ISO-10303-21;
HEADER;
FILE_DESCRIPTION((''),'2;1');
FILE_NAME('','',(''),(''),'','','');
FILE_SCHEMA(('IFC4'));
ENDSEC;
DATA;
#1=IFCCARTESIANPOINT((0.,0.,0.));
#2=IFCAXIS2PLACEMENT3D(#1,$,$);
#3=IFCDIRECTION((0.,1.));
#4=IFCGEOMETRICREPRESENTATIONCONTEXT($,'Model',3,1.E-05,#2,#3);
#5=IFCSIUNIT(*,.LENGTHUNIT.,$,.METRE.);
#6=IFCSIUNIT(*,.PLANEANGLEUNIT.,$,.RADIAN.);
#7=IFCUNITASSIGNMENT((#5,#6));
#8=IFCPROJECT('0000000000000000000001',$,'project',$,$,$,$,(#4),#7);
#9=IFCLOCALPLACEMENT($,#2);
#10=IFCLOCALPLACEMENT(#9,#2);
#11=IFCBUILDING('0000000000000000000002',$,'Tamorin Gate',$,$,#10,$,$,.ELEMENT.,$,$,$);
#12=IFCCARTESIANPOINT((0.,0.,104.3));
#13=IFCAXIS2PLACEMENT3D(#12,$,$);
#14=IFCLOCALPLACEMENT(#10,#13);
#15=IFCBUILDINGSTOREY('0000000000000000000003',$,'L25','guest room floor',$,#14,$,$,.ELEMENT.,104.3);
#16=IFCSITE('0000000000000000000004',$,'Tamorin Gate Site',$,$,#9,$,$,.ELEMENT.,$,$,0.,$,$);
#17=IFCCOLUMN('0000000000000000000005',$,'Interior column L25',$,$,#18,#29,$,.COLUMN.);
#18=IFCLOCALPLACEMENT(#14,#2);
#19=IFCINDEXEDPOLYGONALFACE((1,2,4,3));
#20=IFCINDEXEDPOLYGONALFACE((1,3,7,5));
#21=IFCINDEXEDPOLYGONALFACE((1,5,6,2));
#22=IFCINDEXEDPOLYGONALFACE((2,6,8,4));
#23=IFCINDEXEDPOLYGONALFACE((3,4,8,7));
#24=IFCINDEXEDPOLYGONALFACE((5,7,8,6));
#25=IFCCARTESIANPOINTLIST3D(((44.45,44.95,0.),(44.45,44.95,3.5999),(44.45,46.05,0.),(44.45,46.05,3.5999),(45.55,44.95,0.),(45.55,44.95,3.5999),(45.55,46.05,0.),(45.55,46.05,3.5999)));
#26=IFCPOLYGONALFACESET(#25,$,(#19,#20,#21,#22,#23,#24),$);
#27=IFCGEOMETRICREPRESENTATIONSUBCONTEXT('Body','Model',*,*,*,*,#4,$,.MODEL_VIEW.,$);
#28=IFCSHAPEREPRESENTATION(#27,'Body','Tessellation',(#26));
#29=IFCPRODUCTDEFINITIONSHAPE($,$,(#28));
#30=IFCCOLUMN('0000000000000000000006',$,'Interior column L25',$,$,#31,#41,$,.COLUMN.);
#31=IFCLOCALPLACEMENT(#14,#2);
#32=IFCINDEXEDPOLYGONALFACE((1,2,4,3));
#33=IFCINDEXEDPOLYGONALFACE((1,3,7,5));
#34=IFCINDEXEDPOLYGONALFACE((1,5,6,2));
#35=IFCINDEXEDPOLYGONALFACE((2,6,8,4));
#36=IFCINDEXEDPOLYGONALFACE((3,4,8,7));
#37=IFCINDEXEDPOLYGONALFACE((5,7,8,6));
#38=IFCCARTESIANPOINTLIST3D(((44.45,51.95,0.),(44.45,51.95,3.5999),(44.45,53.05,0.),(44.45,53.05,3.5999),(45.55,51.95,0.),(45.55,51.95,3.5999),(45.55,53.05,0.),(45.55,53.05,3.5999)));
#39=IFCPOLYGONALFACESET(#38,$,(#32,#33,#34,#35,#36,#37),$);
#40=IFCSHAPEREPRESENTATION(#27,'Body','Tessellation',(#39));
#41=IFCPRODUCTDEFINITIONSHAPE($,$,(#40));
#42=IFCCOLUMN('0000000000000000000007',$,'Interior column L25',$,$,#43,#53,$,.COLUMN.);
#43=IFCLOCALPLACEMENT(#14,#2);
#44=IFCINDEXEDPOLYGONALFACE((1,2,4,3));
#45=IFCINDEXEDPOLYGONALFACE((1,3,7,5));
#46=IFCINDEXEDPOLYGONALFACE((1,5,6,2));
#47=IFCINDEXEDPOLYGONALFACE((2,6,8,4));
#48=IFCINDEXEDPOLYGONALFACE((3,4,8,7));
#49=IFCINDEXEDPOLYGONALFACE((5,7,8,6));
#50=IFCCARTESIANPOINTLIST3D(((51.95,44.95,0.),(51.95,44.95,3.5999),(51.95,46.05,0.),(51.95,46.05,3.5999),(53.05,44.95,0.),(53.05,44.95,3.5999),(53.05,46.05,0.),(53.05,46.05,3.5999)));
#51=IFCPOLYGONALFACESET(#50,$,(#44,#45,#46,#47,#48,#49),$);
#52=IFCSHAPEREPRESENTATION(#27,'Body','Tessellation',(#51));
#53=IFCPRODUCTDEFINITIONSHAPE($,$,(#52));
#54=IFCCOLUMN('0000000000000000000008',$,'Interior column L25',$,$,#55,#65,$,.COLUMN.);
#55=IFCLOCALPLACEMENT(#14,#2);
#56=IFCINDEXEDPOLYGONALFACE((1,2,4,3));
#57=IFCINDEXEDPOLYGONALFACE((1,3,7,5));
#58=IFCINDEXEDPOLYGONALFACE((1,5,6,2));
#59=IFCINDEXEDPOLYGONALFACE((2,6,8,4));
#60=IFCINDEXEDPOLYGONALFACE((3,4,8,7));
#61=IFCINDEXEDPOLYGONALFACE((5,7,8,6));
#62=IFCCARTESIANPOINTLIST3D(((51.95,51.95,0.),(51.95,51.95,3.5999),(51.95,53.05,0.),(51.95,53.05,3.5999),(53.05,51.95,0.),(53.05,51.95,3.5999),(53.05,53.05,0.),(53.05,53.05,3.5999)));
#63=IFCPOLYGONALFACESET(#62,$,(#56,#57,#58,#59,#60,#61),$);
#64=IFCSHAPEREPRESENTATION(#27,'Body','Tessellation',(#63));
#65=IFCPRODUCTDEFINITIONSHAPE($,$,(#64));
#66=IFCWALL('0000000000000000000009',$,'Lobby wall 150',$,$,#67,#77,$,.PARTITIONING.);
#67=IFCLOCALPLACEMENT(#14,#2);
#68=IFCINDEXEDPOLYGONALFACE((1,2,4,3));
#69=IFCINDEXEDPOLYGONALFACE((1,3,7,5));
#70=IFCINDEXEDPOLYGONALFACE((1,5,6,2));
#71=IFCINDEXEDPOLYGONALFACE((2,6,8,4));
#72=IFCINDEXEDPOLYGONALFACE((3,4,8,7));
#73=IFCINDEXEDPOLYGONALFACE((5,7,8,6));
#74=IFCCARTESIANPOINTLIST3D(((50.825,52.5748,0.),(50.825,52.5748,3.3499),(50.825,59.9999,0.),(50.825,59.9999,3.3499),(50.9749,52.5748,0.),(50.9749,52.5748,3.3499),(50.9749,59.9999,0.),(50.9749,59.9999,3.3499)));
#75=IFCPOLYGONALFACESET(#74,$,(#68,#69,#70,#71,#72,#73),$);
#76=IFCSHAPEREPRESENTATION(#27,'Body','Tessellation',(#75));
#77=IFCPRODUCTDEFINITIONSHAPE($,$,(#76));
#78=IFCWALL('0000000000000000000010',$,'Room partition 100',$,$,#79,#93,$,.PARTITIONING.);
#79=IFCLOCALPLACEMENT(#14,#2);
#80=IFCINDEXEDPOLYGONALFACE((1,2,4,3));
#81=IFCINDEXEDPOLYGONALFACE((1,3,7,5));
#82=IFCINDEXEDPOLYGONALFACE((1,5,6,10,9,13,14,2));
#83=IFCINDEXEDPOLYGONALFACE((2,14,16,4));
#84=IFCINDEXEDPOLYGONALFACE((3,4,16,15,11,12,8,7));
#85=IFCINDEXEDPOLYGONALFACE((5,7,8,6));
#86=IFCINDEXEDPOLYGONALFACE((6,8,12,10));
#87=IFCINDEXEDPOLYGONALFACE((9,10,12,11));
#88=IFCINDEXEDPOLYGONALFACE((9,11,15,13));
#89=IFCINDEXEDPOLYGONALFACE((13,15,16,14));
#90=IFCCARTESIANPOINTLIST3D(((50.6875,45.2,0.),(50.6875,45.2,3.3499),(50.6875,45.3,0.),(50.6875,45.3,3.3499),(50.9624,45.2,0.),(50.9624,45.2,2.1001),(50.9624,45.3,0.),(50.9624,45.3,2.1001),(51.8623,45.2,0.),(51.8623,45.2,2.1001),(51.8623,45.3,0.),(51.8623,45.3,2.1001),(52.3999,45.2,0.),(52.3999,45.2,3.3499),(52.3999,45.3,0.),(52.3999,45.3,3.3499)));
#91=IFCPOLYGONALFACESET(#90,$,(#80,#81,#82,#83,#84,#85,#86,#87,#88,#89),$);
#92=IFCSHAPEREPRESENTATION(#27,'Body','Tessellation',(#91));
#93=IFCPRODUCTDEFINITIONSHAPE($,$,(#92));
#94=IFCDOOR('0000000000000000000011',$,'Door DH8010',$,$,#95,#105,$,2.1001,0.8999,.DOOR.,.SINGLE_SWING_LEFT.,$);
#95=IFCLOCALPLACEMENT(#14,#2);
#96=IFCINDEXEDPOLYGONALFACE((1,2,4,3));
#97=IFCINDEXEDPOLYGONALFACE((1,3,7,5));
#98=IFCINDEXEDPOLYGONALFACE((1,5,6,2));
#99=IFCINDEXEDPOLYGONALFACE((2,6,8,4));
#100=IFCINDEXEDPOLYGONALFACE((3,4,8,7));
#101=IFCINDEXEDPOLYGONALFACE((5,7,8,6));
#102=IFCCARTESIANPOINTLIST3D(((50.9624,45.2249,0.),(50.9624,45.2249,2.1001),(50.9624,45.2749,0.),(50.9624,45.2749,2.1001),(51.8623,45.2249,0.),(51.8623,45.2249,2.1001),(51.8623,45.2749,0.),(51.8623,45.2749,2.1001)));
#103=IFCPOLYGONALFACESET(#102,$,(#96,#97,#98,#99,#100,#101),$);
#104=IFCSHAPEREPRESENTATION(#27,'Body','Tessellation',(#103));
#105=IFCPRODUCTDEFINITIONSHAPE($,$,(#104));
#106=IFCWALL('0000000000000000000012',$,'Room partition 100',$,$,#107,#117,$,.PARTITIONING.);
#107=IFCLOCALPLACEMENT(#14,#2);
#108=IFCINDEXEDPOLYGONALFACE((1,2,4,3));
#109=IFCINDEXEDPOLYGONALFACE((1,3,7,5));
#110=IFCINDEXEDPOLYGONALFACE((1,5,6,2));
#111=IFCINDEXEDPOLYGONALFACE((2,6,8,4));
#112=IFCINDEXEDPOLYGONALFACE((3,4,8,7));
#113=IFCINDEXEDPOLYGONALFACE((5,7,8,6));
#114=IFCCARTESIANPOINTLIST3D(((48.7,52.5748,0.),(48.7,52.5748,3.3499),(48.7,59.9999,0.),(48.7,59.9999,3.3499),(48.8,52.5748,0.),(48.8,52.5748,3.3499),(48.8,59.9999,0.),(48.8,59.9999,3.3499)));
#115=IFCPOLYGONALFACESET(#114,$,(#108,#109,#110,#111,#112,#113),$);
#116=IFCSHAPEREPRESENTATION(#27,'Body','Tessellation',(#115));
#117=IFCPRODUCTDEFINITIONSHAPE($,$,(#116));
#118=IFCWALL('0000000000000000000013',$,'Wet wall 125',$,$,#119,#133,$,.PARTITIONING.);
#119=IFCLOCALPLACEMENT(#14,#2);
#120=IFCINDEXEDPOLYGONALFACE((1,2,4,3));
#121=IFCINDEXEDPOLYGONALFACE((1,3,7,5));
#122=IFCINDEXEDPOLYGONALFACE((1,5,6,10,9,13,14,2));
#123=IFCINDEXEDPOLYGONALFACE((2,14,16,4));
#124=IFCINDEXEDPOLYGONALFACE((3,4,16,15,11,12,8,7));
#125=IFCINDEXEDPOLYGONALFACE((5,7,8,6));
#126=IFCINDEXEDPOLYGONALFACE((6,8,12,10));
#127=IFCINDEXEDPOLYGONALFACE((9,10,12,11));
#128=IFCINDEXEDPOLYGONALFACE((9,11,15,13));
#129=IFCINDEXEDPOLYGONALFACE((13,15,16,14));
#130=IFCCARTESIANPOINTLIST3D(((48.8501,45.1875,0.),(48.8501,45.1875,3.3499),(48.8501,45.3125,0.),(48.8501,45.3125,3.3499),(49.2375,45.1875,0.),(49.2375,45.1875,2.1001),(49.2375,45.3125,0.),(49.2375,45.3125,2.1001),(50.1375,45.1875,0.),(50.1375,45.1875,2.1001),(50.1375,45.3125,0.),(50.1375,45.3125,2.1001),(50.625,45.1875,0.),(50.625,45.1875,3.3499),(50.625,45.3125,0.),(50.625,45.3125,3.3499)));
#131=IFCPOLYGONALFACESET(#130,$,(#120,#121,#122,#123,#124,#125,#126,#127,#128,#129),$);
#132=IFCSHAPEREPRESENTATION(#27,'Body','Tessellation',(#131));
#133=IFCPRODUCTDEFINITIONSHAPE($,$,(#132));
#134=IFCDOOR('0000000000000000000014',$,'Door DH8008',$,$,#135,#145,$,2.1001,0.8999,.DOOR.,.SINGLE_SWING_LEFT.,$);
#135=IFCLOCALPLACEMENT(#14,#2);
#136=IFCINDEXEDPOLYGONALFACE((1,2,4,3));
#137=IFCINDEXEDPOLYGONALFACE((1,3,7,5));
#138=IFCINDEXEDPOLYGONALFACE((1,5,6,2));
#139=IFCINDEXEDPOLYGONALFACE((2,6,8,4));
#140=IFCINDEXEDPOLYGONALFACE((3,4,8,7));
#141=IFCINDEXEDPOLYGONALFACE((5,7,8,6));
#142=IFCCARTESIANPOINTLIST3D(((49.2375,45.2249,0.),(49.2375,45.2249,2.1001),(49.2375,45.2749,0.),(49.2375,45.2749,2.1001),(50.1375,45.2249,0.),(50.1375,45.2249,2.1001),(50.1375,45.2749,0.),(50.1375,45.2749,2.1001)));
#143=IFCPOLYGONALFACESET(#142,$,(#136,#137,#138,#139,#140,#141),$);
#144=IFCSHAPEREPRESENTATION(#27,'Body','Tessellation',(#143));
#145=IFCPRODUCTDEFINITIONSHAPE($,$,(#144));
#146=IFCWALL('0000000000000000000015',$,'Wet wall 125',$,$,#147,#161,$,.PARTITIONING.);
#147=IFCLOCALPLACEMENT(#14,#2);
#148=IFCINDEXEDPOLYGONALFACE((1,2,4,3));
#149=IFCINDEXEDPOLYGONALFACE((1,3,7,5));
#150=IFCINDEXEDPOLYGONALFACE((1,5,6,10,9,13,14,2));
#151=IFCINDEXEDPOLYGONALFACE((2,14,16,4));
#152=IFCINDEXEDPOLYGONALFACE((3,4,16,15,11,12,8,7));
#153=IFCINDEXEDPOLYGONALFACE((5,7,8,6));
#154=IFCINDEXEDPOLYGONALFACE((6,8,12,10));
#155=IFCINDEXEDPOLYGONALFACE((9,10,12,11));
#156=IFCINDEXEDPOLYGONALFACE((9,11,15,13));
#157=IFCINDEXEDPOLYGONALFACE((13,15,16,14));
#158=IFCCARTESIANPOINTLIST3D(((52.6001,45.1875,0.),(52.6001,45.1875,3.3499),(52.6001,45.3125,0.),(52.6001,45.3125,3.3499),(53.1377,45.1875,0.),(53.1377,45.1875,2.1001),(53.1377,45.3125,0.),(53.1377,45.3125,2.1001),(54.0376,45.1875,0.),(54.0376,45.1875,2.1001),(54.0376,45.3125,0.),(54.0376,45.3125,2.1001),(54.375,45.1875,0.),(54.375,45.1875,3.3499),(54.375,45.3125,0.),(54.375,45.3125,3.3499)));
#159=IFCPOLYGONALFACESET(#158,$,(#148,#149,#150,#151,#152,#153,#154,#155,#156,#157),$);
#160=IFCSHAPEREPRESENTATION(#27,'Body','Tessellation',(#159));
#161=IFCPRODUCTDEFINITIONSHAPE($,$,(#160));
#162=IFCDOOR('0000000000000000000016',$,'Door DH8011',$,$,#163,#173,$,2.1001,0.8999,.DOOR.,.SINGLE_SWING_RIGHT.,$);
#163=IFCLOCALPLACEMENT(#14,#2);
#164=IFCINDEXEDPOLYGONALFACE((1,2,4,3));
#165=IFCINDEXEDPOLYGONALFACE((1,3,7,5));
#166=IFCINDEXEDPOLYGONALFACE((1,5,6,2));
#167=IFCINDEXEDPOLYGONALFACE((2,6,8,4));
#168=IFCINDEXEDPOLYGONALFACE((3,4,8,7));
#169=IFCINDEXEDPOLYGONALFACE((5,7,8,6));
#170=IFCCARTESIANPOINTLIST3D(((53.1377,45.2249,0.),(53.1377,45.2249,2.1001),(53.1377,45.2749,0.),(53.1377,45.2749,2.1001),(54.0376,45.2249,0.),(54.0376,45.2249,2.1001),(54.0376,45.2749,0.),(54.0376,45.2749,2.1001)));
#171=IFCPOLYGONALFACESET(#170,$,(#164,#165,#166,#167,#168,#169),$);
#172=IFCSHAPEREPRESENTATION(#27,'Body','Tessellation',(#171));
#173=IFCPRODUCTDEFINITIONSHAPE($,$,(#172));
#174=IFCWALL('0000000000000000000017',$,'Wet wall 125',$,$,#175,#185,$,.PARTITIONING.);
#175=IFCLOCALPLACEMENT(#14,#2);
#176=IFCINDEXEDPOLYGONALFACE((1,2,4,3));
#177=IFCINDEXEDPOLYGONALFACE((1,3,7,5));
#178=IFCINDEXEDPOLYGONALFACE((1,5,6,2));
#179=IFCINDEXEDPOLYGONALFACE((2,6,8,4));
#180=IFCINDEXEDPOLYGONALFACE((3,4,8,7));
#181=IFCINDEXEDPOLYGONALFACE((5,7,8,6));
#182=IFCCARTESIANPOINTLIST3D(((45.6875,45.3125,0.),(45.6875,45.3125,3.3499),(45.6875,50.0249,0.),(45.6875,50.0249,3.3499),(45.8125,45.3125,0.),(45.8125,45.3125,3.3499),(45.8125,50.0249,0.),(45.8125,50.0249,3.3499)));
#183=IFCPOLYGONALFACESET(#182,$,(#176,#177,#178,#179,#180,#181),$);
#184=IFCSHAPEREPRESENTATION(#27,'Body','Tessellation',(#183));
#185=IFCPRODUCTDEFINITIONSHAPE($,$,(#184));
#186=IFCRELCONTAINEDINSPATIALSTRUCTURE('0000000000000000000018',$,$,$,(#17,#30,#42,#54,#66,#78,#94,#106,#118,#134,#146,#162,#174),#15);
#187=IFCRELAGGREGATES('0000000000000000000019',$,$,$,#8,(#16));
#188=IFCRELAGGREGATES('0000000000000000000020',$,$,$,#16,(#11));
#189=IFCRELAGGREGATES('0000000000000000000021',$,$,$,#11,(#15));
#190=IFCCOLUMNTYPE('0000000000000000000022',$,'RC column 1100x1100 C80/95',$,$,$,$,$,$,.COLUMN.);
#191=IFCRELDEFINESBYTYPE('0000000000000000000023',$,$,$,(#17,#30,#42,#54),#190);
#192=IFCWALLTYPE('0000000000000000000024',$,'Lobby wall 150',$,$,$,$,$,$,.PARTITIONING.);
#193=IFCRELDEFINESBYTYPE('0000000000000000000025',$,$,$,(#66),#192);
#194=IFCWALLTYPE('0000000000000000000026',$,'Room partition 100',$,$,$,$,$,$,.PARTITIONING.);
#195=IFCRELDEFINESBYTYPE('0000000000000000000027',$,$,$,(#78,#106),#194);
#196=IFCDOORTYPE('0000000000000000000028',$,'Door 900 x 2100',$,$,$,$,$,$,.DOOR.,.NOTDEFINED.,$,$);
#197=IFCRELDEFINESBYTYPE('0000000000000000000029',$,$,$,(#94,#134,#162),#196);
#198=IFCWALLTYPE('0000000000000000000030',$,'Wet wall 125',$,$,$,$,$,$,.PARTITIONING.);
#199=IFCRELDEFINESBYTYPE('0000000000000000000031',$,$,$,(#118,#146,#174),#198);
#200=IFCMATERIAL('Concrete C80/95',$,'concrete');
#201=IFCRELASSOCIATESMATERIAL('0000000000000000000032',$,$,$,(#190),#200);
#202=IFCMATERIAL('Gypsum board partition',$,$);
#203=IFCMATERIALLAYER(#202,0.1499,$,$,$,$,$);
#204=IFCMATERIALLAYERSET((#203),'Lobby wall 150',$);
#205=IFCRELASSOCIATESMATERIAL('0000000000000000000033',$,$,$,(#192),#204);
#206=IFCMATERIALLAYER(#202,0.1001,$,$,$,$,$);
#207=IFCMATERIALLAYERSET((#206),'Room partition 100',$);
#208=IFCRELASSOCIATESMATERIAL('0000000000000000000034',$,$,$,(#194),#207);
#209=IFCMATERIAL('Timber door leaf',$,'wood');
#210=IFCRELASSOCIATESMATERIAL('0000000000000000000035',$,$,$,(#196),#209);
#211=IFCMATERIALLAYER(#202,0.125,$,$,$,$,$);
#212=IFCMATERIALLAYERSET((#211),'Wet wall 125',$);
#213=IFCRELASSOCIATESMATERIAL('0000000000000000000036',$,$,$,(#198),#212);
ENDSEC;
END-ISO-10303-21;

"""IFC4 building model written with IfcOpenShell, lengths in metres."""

from ifc_helpers import new_model, si_unit, direction, frame, frame_2d, origin, origin_2d, place, context, subcontext, project, spatial, rectangle, extrude, material, layer, layer_set, material_profile, profile_set, type_object, element, fill, save


model = new_model("IFC4")

# Units and contexts
model_context = context("Model", 3, precision=1e-05, world=origin(), true_north=direction((0.0, 1.0)))
body_context = subcontext(model_context, "Body", "Model", "MODEL_VIEW")
ifc_project = project(units=[si_unit("LENGTHUNIT", "METRE"), si_unit("PLANEANGLEUNIT", "RADIAN")], contexts=[model_context])

# Site, building, storey
site_placement = place(None, origin())
site = spatial("IfcSite", under=ifc_project, at=site_placement, Name="Tamorin Gate Site", CompositionType="ELEMENT", RefElevation=0.0)
building_placement = place(site_placement, origin())
building = spatial("IfcBuilding", under=site, at=building_placement, Name="Tamorin Gate", CompositionType="ELEMENT")
storey_placement = place(building_placement, frame((0.0, 0.0, 104.3)))
storey = spatial("IfcBuildingStorey", under=building, at=storey_placement, Name="L25", Description="guest room floor", CompositionType="ELEMENT", Elevation=104.3)

# Columns
ifc_material_1 = material(Name="Concrete C80/95", Category="concrete")
ifc_material_profile = material_profile(ifc_material_1, rectangle(XDim=1.1001, YDim=1.1001, at=origin_2d()), Name="RC 1100x1100")
ifc_profile_set = profile_set([ifc_material_profile], Name="Concrete C80/95")
column_type = type_object("IfcColumnType", Name="RC column 1100x1100 C80/95", PredefinedType="COLUMN", material=ifc_profile_set)
for number, where, z_axis, x_axis, name in (
    (1, (45.0, 45.5, 0.0), (0.0, 0.0, 1.0), (1.0, 0.0, 0.0), "Interior column L25"),
    (2, (45.0, 52.5, 0.0), (0.0, 0.0, 1.0), (1.0, 0.0, 0.0), "Interior column L25"),
    (3, (52.5, 45.5, 0.0), (0.0, 0.0, 1.0), (1.0, 0.0, 0.0), "Interior column L25"),
    (4, (52.5, 52.5, 0.0), (0.0, 0.0, 1.0), (1.0, 0.0, 0.0), "Interior column L25"),
):
    element("IfcColumn", number, at=place(storey_placement, frame(where, z_axis=z_axis, x_axis=x_axis)), inside=storey, type_object=column_type, Name=name, PredefinedType="COLUMN", context=body_context, shape_type="SweptSolid", body=[
        extrude(rectangle(XDim=1.1001, YDim=1.1001, at=origin_2d()), origin(), (0.0, 0.0, 1.0), 3.5999),
    ])

# Wall
ifc_material_2 = material(Name="Gypsum board partition")
ifc_layer_1 = layer(ifc_material_2, 0.1499)
ifc_layer_set_1 = layer_set([ifc_layer_1], Name="Lobby wall 150")
wall_type_1 = type_object("IfcWallType", Name="Lobby wall 150", PredefinedType="PARTITIONING", material=ifc_layer_set_1)
wall_1_placement = place(storey_placement, frame((50.8999, 52.575, 0.0), z_axis=(0.0, 0.0, 1.0), x_axis=(0.0, 1.0, 0.0)))
element("IfcWall", 5, at=wall_1_placement, inside=storey, type_object=wall_type_1, Name="Lobby wall 150", PredefinedType="PARTITIONING", context=body_context, shape_type="SweptSolid", body=[
    extrude(rectangle(XDim=7.425, YDim=0.1499, at=frame_2d((3.7124, 0.0))), origin(), (0.0, 0.0, 1.0), 3.3499),
])

# Wall, opening, door
ifc_layer_2 = layer(ifc_material_2, 0.1001)
ifc_layer_set_2 = layer_set([ifc_layer_2], Name="Room partition 100")
wall_type_2 = type_object("IfcWallType", Name="Room partition 100", PredefinedType="PARTITIONING", material=ifc_layer_set_2)
wall_2_placement = place(storey_placement, frame((50.6875, 45.25, 0.0), z_axis=(0.0, 0.0, 1.0), x_axis=(1.0, 0.0, 0.0)))
wall_2 = element("IfcWall", 6, at=wall_2_placement, inside=storey, type_object=wall_type_2, Name="Room partition 100", PredefinedType="PARTITIONING", context=body_context, shape_type="SweptSolid", body=[
    extrude(rectangle(XDim=1.7124, YDim=0.1001, at=frame_2d((0.8562, 0.0))), origin(), (0.0, 0.0, 1.0), 3.3499),
])
opening_1_placement = place(wall_2_placement, frame((0.2749, 0.0, 0.0)))
opening_1 = element("IfcOpeningElement", 7, at=opening_1_placement, cuts=wall_2, PredefinedType="OPENING", context=body_context, shape_type="SweptSolid", body=[
    extrude(rectangle(XDim=0.8999, YDim=2.1001, at=frame_2d((0.45, 1.05))), frame((0.0, 0.0601, 0.0), z_axis=(0.0, -1.0, 0.0), x_axis=(1.0, 0.0, 0.0)), (0.0, 0.0, 1.0), 0.1201),
])
ifc_material_3 = material(Name="Timber door leaf", Category="wood")
door_type = type_object("IfcDoorType", Name="Door 900 x 2100", OperationType="NOTDEFINED", PredefinedType="DOOR", material=ifc_material_3)
door_1_placement = place(opening_1_placement, origin())
door_1 = element("IfcDoor", 8, at=door_1_placement, inside=storey, type_object=door_type, Name="Door DH8010", OperationType="SINGLE_SWING_LEFT", OverallHeight=2.1001, OverallWidth=0.8999, PredefinedType="DOOR", context=body_context, shape_type="SweptSolid", body=[
    extrude(rectangle(XDim=0.8999, YDim=2.1001, at=frame_2d((0.45, 1.05))), frame((0.0, 0.0249, 0.0), z_axis=(0.0, -1.0, 0.0), x_axis=(1.0, 0.0, 0.0)), (0.0, 0.0, 1.0), 0.05),
])
fill(opening_1, door_1)

# Wall
wall_3_placement = place(storey_placement, frame((48.75, 52.575, 0.0), z_axis=(0.0, 0.0, 1.0), x_axis=(0.0, 1.0, 0.0)))
element("IfcWall", 9, at=wall_3_placement, inside=storey, type_object=wall_type_2, Name="Room partition 100", PredefinedType="PARTITIONING", context=body_context, shape_type="SweptSolid", body=[
    extrude(rectangle(XDim=7.425, YDim=0.1001, at=frame_2d((3.7124, 0.0))), origin(), (0.0, 0.0, 1.0), 3.3499),
])

# Walls, openings, doors
ifc_layer_3 = layer(ifc_material_2, 0.125)
ifc_layer_set_3 = layer_set([ifc_layer_3], Name="Wet wall 125")
wall_type_3 = type_object("IfcWallType", Name="Wet wall 125", PredefinedType="PARTITIONING", material=ifc_layer_set_3)
wall_4_placement = place(storey_placement, frame((48.8501, 45.25, 0.0), z_axis=(0.0, 0.0, 1.0), x_axis=(1.0, 0.0, 0.0)))
wall_4 = element("IfcWall", 10, at=wall_4_placement, inside=storey, type_object=wall_type_3, Name="Wet wall 125", PredefinedType="PARTITIONING", context=body_context, shape_type="SweptSolid", body=[
    extrude(rectangle(XDim=1.7749, YDim=0.125, at=frame_2d((0.8875, 0.0))), origin(), (0.0, 0.0, 1.0), 3.3499),
])
opening_2_placement = place(wall_4_placement, frame((0.3875, 0.0, 0.0)))
opening_2 = element("IfcOpeningElement", 11, at=opening_2_placement, cuts=wall_4, PredefinedType="OPENING", context=body_context, shape_type="SweptSolid", body=[
    extrude(rectangle(XDim=0.8999, YDim=2.1001, at=frame_2d((0.45, 1.05))), frame((0.0, 0.0725, 0.0), z_axis=(0.0, -1.0, 0.0), x_axis=(1.0, 0.0, 0.0)), (0.0, 0.0, 1.0), 0.145),
])
door_2_placement = place(opening_2_placement, origin())
door_2 = element("IfcDoor", 12, at=door_2_placement, inside=storey, type_object=door_type, Name="Door DH8008", OperationType="SINGLE_SWING_LEFT", OverallHeight=2.1001, OverallWidth=0.8999, PredefinedType="DOOR", context=body_context, shape_type="SweptSolid", body=[
    extrude(rectangle(XDim=0.8999, YDim=2.1001, at=frame_2d((0.45, 1.05))), frame((0.0, 0.0249, 0.0), z_axis=(0.0, -1.0, 0.0), x_axis=(1.0, 0.0, 0.0)), (0.0, 0.0, 1.0), 0.05),
])
fill(opening_2, door_2)
wall_5_placement = place(storey_placement, frame((52.6001, 45.25, 0.0), z_axis=(0.0, 0.0, 1.0), x_axis=(1.0, 0.0, 0.0)))
wall_5 = element("IfcWall", 13, at=wall_5_placement, inside=storey, type_object=wall_type_3, Name="Wet wall 125", PredefinedType="PARTITIONING", context=body_context, shape_type="SweptSolid", body=[
    extrude(rectangle(XDim=1.7749, YDim=0.125, at=frame_2d((0.8875, 0.0))), origin(), (0.0, 0.0, 1.0), 3.3499),
])
opening_3_placement = place(wall_5_placement, frame((0.5376, 0.0, 0.0)))
opening_3 = element("IfcOpeningElement", 14, at=opening_3_placement, cuts=wall_5, PredefinedType="OPENING", context=body_context, shape_type="SweptSolid", body=[
    extrude(rectangle(XDim=0.8999, YDim=2.1001, at=frame_2d((0.45, 1.05))), frame((0.0, 0.0725, 0.0), z_axis=(0.0, -1.0, 0.0), x_axis=(1.0, 0.0, 0.0)), (0.0, 0.0, 1.0), 0.145),
])
door_3_placement = place(opening_3_placement, origin())
door_3 = element("IfcDoor", 15, at=door_3_placement, inside=storey, type_object=door_type, Name="Door DH8011", OperationType="SINGLE_SWING_RIGHT", OverallHeight=2.1001, OverallWidth=0.8999, PredefinedType="DOOR", context=body_context, shape_type="SweptSolid", body=[
    extrude(rectangle(XDim=0.8999, YDim=2.1001, at=frame_2d((0.45, 1.05))), frame((0.0, 0.0249, 0.0), z_axis=(0.0, -1.0, 0.0), x_axis=(1.0, 0.0, 0.0)), (0.0, 0.0, 1.0), 0.05),
])
fill(opening_3, door_3)

# Wall
for number, where, z_axis, x_axis, name in (
    (16, (45.75, 45.3125, 0.0), (0.0, 0.0, 1.0), (0.0, 1.0, 0.0), "Wet wall 125"),
):
    element("IfcWall", number, at=place(storey_placement, frame(where, z_axis=z_axis, x_axis=x_axis)), inside=storey, type_object=wall_type_3, Name=name, PredefinedType="PARTITIONING", context=body_context, shape_type="SweptSolid", body=[
        extrude(rectangle(XDim=4.7124, YDim=0.125, at=frame_2d((2.3562, 0.0))), origin(), (0.0, 0.0, 1.0), 3.3499),
    ])

save(model, "model.ifc")
